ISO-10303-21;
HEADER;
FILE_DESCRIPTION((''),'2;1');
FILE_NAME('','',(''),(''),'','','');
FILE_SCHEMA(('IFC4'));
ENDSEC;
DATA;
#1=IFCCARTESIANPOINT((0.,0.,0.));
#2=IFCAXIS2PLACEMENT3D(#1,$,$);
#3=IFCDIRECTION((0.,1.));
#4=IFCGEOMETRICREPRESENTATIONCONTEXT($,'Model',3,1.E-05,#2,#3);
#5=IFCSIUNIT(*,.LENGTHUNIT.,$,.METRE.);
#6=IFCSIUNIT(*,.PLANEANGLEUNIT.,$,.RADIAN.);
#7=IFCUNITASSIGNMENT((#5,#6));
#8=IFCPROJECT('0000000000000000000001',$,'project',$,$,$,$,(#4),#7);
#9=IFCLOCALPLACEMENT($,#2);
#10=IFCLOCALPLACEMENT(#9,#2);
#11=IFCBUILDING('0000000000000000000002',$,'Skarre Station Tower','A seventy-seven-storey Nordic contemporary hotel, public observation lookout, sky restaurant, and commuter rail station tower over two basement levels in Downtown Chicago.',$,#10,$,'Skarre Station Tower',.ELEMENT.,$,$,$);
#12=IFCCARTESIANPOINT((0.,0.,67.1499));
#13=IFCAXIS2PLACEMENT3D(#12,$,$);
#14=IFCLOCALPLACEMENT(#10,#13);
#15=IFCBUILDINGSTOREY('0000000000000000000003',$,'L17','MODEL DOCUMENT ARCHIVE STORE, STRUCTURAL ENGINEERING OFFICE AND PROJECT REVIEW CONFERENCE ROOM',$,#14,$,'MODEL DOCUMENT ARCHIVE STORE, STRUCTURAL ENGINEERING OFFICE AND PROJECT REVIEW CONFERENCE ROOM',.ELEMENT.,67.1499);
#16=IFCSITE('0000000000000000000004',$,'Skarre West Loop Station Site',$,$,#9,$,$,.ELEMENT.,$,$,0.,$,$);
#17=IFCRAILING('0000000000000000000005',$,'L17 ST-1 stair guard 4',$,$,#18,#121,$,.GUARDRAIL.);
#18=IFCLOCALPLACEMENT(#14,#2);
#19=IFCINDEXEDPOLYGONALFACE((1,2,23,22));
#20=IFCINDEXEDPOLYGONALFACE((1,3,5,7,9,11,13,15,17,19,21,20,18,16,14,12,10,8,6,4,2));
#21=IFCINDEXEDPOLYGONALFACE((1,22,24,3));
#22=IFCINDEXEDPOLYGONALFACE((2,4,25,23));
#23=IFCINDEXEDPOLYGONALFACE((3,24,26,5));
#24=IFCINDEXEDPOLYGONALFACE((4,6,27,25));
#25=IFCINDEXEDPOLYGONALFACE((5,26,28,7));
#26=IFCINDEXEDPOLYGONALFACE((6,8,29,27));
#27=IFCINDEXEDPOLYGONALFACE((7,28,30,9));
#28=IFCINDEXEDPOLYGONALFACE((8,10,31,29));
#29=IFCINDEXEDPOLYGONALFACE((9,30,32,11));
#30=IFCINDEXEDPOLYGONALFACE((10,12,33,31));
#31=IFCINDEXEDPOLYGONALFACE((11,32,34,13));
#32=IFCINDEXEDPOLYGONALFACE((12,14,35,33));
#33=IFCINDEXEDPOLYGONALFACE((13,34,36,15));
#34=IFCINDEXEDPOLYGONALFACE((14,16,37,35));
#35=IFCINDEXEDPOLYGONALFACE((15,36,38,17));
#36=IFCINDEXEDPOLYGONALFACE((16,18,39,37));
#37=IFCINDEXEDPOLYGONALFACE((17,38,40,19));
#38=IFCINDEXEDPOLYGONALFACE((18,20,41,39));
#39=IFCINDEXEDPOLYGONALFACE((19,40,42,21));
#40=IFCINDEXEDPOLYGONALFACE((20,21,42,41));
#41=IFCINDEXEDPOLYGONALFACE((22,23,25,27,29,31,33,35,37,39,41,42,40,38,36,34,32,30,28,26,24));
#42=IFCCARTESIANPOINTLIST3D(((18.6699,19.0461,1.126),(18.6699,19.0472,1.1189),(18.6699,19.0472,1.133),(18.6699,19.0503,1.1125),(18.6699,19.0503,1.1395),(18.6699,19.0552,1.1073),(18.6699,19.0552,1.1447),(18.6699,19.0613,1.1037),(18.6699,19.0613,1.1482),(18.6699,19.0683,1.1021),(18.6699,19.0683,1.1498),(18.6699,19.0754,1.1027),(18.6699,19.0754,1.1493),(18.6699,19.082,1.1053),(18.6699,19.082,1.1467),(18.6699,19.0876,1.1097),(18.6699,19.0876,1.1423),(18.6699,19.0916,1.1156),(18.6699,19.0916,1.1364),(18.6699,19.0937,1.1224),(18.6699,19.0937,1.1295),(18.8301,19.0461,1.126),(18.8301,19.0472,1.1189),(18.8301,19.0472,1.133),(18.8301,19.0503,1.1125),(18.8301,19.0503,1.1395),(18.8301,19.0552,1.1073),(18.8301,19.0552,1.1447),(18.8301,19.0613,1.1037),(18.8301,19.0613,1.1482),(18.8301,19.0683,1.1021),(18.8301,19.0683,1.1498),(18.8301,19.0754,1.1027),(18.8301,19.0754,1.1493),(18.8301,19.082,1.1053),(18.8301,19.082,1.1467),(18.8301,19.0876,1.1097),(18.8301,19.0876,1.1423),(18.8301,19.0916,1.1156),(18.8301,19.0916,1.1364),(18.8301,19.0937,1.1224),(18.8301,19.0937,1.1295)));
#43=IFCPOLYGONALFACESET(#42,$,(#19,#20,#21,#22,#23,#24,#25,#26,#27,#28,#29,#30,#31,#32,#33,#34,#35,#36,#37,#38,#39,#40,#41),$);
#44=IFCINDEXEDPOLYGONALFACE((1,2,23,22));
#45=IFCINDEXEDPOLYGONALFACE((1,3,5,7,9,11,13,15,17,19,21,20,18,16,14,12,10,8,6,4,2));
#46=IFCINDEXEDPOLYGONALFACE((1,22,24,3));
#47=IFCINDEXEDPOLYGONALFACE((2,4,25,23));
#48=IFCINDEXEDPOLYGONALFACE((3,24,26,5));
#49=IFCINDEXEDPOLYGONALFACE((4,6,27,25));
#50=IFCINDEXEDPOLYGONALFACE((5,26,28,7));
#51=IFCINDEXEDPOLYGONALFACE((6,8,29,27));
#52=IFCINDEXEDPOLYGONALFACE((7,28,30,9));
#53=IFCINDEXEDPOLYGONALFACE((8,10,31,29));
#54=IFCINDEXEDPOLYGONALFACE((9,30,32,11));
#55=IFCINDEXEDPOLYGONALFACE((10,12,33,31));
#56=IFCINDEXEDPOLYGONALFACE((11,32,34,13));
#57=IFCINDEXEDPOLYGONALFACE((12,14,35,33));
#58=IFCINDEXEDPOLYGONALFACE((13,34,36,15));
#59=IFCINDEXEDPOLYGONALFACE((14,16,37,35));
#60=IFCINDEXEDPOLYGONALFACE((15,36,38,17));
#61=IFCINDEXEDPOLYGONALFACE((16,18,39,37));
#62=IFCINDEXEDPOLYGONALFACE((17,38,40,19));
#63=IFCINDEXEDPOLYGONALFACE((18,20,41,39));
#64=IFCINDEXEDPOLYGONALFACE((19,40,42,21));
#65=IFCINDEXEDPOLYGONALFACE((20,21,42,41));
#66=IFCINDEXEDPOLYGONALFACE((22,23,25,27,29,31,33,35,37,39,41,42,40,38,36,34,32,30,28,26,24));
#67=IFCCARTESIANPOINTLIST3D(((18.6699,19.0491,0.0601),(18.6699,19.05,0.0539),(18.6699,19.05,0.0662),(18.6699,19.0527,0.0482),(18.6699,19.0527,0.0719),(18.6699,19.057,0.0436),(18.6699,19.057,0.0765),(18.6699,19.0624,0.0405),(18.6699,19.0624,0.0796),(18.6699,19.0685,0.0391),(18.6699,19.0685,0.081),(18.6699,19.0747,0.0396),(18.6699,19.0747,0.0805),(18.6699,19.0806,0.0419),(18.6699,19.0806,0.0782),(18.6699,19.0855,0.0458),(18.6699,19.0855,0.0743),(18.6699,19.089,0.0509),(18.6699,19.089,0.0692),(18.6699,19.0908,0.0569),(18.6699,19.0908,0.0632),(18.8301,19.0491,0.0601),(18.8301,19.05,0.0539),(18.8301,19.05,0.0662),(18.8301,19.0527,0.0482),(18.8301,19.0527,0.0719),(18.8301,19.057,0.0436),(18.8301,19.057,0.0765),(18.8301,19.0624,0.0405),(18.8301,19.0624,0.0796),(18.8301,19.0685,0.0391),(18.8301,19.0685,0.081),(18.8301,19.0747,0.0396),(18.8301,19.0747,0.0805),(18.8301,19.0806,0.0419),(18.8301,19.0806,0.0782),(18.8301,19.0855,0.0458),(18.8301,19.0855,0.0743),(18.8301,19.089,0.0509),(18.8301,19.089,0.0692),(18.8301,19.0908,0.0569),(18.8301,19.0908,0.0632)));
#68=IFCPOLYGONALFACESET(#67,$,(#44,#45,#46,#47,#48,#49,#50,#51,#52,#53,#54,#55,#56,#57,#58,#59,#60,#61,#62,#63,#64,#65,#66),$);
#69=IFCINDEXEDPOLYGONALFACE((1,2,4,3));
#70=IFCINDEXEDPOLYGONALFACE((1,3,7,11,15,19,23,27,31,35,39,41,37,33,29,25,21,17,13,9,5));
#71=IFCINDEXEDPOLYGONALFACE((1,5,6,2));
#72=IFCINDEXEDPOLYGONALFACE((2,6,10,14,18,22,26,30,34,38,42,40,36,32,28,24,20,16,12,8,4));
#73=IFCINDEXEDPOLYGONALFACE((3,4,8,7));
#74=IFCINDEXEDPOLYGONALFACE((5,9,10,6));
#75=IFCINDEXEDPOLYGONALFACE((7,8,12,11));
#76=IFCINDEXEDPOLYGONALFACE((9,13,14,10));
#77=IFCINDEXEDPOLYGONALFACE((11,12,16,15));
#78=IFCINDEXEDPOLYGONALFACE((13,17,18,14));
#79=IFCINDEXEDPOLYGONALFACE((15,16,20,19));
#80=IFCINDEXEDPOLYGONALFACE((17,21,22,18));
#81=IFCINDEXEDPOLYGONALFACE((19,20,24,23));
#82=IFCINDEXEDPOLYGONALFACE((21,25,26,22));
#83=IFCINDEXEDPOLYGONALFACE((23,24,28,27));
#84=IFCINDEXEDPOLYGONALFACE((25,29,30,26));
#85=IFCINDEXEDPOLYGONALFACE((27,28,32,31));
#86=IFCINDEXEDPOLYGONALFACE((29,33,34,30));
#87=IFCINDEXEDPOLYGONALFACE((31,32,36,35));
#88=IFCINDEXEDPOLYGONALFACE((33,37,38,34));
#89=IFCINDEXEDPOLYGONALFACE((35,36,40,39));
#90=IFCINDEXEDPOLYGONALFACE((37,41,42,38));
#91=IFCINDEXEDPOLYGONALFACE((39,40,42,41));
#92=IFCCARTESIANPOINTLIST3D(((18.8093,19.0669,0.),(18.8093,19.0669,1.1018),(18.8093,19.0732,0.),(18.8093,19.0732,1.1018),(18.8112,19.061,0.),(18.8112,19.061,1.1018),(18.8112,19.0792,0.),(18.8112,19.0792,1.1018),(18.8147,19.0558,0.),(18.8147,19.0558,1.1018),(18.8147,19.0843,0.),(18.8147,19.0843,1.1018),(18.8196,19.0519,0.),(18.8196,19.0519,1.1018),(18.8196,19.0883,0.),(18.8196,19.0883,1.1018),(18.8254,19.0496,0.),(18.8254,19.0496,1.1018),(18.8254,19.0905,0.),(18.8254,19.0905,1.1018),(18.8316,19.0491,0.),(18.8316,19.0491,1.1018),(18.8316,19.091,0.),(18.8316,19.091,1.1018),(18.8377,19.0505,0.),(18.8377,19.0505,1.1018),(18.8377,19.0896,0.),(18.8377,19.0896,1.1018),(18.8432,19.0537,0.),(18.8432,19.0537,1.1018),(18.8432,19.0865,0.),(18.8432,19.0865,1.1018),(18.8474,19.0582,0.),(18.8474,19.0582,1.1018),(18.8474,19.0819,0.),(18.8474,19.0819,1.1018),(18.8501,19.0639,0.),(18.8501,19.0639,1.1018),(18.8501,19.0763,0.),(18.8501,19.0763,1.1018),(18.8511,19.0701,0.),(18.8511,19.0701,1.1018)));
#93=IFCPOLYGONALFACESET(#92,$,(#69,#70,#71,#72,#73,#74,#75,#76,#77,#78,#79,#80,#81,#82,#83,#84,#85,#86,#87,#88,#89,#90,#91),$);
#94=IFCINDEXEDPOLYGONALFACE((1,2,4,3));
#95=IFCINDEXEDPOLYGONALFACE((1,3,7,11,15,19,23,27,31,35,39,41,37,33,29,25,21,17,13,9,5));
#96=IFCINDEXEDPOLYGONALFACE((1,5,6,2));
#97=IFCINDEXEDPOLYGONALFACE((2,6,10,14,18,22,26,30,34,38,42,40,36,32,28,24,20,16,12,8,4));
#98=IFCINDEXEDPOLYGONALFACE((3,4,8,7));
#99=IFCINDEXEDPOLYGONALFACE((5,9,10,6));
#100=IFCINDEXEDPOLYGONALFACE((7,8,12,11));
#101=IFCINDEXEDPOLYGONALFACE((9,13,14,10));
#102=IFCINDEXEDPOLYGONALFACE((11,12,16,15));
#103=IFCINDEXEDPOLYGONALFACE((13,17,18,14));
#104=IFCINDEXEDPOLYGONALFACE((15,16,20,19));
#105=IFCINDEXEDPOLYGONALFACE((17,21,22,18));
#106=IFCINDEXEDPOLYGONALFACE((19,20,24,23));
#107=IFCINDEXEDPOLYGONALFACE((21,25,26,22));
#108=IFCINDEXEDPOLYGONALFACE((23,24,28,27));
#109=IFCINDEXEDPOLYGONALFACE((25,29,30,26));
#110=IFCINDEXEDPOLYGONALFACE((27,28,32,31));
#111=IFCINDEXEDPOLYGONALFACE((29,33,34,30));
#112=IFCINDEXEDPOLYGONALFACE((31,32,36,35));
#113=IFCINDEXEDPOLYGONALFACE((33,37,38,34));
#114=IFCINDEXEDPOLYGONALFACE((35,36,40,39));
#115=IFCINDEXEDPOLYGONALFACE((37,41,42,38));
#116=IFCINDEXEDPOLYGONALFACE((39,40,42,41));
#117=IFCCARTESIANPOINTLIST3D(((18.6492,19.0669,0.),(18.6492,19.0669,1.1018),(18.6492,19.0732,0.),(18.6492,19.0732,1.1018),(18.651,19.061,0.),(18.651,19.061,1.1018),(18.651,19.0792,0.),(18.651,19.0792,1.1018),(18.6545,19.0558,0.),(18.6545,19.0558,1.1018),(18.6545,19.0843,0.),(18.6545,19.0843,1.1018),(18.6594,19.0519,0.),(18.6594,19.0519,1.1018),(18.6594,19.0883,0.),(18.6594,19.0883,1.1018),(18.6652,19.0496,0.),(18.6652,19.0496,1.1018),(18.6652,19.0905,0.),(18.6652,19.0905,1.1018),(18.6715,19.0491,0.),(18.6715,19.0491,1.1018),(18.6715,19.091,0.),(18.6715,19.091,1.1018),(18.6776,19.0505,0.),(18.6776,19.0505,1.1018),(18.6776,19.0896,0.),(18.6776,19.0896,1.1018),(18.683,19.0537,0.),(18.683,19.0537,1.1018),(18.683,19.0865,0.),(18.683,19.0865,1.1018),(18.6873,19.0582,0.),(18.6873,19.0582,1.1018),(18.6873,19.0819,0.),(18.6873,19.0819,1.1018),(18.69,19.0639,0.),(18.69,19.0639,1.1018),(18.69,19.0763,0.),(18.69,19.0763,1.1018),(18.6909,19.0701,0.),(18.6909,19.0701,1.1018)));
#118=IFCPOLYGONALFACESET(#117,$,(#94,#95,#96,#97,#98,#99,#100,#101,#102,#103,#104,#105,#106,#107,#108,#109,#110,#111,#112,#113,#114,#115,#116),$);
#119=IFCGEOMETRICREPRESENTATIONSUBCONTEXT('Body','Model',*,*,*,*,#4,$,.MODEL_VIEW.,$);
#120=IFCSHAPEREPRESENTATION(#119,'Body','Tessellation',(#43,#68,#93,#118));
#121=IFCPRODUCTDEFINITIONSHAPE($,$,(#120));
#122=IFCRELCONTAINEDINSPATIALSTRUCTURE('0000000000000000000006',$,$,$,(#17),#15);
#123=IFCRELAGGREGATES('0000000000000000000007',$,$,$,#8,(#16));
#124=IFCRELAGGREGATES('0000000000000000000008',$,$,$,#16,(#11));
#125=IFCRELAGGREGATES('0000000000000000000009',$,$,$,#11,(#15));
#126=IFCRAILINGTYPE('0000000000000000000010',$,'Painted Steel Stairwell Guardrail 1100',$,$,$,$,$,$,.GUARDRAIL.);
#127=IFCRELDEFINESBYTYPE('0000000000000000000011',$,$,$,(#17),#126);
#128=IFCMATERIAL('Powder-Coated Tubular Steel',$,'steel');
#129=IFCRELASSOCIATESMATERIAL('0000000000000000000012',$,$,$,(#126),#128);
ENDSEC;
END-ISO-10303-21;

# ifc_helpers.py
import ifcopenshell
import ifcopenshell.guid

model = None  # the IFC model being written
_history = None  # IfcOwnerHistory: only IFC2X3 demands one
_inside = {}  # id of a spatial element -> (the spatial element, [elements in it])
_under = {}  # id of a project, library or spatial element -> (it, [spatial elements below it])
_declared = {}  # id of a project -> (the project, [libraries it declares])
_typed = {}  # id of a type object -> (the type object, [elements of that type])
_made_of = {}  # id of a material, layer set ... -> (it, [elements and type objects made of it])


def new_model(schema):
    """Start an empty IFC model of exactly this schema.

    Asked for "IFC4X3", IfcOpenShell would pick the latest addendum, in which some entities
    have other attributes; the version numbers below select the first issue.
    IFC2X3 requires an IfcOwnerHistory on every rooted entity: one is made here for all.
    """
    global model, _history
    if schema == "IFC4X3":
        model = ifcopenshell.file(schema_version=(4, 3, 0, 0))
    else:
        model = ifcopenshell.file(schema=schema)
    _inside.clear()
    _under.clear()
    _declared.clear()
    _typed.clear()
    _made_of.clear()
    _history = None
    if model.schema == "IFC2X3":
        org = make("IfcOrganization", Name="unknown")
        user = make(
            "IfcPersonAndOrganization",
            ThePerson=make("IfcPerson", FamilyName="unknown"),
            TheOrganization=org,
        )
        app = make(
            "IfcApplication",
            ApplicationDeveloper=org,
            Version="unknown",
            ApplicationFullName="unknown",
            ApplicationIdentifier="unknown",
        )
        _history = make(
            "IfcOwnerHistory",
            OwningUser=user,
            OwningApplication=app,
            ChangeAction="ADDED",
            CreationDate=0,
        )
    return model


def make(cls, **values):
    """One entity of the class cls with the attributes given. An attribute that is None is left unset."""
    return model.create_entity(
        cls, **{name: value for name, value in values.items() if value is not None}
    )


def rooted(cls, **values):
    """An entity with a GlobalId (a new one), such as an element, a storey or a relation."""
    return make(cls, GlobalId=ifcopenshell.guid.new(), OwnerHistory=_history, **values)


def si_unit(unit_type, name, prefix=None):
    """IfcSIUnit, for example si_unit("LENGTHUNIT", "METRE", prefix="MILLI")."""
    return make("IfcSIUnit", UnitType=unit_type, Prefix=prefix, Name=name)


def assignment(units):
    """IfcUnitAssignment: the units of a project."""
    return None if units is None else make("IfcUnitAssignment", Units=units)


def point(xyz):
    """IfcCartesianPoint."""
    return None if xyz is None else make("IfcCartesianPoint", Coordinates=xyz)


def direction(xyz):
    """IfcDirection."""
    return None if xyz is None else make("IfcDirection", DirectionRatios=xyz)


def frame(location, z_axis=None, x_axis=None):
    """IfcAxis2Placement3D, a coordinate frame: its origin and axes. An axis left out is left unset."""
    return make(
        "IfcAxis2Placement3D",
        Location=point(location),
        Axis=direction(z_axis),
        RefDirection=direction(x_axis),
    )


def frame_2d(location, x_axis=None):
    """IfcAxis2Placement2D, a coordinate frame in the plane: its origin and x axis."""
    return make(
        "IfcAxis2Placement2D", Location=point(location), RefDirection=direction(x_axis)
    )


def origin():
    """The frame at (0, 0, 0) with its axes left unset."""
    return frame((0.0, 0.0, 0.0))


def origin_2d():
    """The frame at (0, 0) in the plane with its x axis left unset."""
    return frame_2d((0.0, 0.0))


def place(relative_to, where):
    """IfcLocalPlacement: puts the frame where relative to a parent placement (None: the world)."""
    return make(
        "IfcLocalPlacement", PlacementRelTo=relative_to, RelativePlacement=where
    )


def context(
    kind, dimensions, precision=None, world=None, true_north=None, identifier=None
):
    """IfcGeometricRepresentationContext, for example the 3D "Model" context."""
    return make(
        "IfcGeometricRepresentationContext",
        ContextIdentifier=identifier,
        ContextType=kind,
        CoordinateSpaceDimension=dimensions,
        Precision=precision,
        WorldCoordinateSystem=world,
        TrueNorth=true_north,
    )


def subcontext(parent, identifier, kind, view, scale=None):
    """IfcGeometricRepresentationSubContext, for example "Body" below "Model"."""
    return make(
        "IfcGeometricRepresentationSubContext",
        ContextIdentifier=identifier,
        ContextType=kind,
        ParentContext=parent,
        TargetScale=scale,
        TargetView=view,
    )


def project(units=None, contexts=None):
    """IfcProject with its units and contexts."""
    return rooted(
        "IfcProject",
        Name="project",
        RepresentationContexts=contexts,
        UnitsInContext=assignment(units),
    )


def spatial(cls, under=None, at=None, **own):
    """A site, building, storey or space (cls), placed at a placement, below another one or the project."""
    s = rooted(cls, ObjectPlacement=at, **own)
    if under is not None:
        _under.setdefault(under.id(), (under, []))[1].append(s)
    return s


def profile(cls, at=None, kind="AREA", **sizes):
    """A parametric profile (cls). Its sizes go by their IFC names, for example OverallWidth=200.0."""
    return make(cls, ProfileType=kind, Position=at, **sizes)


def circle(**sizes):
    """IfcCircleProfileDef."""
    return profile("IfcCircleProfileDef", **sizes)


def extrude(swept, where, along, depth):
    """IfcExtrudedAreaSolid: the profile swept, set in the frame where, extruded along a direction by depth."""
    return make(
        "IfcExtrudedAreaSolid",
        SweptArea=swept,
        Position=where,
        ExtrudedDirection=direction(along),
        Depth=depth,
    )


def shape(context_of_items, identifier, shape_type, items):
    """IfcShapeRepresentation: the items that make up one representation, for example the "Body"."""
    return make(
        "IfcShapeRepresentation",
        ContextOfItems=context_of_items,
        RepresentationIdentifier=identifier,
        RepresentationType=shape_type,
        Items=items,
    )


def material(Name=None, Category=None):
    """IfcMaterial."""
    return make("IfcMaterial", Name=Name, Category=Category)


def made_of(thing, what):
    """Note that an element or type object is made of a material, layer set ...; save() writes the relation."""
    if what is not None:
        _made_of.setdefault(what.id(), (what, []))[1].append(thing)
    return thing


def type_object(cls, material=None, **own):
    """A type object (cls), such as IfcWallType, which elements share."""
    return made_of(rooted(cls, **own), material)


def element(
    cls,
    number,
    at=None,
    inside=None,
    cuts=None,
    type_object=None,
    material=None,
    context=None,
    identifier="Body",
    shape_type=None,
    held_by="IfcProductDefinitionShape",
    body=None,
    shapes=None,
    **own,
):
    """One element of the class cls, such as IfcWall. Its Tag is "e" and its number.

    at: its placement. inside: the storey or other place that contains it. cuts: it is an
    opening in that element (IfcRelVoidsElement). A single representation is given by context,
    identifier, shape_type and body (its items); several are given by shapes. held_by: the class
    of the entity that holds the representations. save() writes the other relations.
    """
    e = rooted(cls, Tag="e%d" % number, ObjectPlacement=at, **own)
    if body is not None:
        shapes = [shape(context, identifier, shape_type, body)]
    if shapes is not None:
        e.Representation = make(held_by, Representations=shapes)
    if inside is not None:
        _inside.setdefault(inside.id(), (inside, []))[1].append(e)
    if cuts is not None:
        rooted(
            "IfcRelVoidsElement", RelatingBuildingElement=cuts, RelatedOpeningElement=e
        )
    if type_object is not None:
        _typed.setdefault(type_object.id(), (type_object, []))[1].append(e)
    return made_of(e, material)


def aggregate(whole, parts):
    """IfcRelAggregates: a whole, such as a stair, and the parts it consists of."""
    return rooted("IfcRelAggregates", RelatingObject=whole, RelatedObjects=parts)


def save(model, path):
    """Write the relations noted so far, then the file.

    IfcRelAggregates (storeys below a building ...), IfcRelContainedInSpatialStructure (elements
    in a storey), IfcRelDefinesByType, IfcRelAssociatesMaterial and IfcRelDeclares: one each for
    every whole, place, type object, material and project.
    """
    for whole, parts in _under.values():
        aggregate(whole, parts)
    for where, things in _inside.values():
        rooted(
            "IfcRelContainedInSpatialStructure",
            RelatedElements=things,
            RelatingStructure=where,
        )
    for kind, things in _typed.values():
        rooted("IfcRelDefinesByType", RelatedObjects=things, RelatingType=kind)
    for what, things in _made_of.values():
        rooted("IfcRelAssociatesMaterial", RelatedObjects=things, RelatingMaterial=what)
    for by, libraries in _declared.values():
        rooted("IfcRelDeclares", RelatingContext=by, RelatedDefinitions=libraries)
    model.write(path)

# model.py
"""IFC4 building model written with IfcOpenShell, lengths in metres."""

from ifc_helpers import new_model, si_unit, direction, frame, origin, origin_2d, place, context, subcontext, project, spatial, circle, extrude, material, type_object, element, save


model = new_model("IFC4")

# Units and contexts
model_context = context("Model", 3, precision=1e-05, world=origin(), true_north=direction((0.0, 1.0)))
body_context = subcontext(model_context, "Body", "Model", "MODEL_VIEW")
ifc_project = project(units=[si_unit("LENGTHUNIT", "METRE"), si_unit("PLANEANGLEUNIT", "RADIAN")], contexts=[model_context])

# Site, building, storey
site_placement = place(None, origin())
site = spatial("IfcSite", under=ifc_project, at=site_placement, Name="Skarre West Loop Station Site", CompositionType="ELEMENT", RefElevation=0.0)
building_placement = place(site_placement, origin())
building = spatial("IfcBuilding", under=site, at=building_placement, Name="Skarre Station Tower", Description="A seventy-seven-storey Nordic contemporary hotel, public observation lookout, sky restaurant, and commuter rail station tower over two basement levels in Downtown Chicago.", LongName="Skarre Station Tower", CompositionType="ELEMENT")
storey_placement = place(building_placement, frame((0.0, 0.0, 67.1499)))
storey = spatial("IfcBuildingStorey", under=building, at=storey_placement, Name="L17", Description="MODEL DOCUMENT ARCHIVE STORE, STRUCTURAL ENGINEERING OFFICE AND PROJECT REVIEW CONFERENCE ROOM", LongName="MODEL DOCUMENT ARCHIVE STORE, STRUCTURAL ENGINEERING OFFICE AND PROJECT REVIEW CONFERENCE ROOM", CompositionType="ELEMENT", Elevation=67.1499)

# Railing
ifc_material_1 = material(Name="Powder-Coated Tubular Steel", Category="steel")
railing_type_1 = type_object("IfcRailingType", Name="Painted Steel Stairwell Guardrail 1100", PredefinedType="GUARDRAIL", material=ifc_material_1)
railing_1_placement = place(storey_placement, frame((18.8301, 19.0701, 0.0)))
element("IfcRailing", 1, at=railing_1_placement, inside=storey, type_object=railing_type_1, Name="L17 ST-1 stair guard 4", PredefinedType="GUARDRAIL", context=body_context, shape_type="SweptSolid", body=[
    extrude(circle(Radius=0.0239, at=origin_2d()), frame((0.0, 0.0, 1.126), z_axis=(-1.0, 0.0, 0.0), x_axis=(0.0, -1.0, 0.0)), (0.0, 0.0, 1.0), 0.1602),
    extrude(circle(Radius=0.021, at=origin_2d()), frame((0.0, 0.0, 0.0601), z_axis=(-1.0, 0.0, 0.0), x_axis=(0.0, -1.0, 0.0)), (0.0, 0.0, 1.0), 0.1602),
    extrude(circle(Radius=0.021, at=origin_2d()), origin(), (0.0, 0.0, 1.0), 1.1018),
    extrude(circle(Radius=0.021, at=origin_2d()), frame((-0.1602, 0.0, 0.0)), (0.0, 0.0, 1.0), 1.1018),
])

save(model, "model.ifc")
